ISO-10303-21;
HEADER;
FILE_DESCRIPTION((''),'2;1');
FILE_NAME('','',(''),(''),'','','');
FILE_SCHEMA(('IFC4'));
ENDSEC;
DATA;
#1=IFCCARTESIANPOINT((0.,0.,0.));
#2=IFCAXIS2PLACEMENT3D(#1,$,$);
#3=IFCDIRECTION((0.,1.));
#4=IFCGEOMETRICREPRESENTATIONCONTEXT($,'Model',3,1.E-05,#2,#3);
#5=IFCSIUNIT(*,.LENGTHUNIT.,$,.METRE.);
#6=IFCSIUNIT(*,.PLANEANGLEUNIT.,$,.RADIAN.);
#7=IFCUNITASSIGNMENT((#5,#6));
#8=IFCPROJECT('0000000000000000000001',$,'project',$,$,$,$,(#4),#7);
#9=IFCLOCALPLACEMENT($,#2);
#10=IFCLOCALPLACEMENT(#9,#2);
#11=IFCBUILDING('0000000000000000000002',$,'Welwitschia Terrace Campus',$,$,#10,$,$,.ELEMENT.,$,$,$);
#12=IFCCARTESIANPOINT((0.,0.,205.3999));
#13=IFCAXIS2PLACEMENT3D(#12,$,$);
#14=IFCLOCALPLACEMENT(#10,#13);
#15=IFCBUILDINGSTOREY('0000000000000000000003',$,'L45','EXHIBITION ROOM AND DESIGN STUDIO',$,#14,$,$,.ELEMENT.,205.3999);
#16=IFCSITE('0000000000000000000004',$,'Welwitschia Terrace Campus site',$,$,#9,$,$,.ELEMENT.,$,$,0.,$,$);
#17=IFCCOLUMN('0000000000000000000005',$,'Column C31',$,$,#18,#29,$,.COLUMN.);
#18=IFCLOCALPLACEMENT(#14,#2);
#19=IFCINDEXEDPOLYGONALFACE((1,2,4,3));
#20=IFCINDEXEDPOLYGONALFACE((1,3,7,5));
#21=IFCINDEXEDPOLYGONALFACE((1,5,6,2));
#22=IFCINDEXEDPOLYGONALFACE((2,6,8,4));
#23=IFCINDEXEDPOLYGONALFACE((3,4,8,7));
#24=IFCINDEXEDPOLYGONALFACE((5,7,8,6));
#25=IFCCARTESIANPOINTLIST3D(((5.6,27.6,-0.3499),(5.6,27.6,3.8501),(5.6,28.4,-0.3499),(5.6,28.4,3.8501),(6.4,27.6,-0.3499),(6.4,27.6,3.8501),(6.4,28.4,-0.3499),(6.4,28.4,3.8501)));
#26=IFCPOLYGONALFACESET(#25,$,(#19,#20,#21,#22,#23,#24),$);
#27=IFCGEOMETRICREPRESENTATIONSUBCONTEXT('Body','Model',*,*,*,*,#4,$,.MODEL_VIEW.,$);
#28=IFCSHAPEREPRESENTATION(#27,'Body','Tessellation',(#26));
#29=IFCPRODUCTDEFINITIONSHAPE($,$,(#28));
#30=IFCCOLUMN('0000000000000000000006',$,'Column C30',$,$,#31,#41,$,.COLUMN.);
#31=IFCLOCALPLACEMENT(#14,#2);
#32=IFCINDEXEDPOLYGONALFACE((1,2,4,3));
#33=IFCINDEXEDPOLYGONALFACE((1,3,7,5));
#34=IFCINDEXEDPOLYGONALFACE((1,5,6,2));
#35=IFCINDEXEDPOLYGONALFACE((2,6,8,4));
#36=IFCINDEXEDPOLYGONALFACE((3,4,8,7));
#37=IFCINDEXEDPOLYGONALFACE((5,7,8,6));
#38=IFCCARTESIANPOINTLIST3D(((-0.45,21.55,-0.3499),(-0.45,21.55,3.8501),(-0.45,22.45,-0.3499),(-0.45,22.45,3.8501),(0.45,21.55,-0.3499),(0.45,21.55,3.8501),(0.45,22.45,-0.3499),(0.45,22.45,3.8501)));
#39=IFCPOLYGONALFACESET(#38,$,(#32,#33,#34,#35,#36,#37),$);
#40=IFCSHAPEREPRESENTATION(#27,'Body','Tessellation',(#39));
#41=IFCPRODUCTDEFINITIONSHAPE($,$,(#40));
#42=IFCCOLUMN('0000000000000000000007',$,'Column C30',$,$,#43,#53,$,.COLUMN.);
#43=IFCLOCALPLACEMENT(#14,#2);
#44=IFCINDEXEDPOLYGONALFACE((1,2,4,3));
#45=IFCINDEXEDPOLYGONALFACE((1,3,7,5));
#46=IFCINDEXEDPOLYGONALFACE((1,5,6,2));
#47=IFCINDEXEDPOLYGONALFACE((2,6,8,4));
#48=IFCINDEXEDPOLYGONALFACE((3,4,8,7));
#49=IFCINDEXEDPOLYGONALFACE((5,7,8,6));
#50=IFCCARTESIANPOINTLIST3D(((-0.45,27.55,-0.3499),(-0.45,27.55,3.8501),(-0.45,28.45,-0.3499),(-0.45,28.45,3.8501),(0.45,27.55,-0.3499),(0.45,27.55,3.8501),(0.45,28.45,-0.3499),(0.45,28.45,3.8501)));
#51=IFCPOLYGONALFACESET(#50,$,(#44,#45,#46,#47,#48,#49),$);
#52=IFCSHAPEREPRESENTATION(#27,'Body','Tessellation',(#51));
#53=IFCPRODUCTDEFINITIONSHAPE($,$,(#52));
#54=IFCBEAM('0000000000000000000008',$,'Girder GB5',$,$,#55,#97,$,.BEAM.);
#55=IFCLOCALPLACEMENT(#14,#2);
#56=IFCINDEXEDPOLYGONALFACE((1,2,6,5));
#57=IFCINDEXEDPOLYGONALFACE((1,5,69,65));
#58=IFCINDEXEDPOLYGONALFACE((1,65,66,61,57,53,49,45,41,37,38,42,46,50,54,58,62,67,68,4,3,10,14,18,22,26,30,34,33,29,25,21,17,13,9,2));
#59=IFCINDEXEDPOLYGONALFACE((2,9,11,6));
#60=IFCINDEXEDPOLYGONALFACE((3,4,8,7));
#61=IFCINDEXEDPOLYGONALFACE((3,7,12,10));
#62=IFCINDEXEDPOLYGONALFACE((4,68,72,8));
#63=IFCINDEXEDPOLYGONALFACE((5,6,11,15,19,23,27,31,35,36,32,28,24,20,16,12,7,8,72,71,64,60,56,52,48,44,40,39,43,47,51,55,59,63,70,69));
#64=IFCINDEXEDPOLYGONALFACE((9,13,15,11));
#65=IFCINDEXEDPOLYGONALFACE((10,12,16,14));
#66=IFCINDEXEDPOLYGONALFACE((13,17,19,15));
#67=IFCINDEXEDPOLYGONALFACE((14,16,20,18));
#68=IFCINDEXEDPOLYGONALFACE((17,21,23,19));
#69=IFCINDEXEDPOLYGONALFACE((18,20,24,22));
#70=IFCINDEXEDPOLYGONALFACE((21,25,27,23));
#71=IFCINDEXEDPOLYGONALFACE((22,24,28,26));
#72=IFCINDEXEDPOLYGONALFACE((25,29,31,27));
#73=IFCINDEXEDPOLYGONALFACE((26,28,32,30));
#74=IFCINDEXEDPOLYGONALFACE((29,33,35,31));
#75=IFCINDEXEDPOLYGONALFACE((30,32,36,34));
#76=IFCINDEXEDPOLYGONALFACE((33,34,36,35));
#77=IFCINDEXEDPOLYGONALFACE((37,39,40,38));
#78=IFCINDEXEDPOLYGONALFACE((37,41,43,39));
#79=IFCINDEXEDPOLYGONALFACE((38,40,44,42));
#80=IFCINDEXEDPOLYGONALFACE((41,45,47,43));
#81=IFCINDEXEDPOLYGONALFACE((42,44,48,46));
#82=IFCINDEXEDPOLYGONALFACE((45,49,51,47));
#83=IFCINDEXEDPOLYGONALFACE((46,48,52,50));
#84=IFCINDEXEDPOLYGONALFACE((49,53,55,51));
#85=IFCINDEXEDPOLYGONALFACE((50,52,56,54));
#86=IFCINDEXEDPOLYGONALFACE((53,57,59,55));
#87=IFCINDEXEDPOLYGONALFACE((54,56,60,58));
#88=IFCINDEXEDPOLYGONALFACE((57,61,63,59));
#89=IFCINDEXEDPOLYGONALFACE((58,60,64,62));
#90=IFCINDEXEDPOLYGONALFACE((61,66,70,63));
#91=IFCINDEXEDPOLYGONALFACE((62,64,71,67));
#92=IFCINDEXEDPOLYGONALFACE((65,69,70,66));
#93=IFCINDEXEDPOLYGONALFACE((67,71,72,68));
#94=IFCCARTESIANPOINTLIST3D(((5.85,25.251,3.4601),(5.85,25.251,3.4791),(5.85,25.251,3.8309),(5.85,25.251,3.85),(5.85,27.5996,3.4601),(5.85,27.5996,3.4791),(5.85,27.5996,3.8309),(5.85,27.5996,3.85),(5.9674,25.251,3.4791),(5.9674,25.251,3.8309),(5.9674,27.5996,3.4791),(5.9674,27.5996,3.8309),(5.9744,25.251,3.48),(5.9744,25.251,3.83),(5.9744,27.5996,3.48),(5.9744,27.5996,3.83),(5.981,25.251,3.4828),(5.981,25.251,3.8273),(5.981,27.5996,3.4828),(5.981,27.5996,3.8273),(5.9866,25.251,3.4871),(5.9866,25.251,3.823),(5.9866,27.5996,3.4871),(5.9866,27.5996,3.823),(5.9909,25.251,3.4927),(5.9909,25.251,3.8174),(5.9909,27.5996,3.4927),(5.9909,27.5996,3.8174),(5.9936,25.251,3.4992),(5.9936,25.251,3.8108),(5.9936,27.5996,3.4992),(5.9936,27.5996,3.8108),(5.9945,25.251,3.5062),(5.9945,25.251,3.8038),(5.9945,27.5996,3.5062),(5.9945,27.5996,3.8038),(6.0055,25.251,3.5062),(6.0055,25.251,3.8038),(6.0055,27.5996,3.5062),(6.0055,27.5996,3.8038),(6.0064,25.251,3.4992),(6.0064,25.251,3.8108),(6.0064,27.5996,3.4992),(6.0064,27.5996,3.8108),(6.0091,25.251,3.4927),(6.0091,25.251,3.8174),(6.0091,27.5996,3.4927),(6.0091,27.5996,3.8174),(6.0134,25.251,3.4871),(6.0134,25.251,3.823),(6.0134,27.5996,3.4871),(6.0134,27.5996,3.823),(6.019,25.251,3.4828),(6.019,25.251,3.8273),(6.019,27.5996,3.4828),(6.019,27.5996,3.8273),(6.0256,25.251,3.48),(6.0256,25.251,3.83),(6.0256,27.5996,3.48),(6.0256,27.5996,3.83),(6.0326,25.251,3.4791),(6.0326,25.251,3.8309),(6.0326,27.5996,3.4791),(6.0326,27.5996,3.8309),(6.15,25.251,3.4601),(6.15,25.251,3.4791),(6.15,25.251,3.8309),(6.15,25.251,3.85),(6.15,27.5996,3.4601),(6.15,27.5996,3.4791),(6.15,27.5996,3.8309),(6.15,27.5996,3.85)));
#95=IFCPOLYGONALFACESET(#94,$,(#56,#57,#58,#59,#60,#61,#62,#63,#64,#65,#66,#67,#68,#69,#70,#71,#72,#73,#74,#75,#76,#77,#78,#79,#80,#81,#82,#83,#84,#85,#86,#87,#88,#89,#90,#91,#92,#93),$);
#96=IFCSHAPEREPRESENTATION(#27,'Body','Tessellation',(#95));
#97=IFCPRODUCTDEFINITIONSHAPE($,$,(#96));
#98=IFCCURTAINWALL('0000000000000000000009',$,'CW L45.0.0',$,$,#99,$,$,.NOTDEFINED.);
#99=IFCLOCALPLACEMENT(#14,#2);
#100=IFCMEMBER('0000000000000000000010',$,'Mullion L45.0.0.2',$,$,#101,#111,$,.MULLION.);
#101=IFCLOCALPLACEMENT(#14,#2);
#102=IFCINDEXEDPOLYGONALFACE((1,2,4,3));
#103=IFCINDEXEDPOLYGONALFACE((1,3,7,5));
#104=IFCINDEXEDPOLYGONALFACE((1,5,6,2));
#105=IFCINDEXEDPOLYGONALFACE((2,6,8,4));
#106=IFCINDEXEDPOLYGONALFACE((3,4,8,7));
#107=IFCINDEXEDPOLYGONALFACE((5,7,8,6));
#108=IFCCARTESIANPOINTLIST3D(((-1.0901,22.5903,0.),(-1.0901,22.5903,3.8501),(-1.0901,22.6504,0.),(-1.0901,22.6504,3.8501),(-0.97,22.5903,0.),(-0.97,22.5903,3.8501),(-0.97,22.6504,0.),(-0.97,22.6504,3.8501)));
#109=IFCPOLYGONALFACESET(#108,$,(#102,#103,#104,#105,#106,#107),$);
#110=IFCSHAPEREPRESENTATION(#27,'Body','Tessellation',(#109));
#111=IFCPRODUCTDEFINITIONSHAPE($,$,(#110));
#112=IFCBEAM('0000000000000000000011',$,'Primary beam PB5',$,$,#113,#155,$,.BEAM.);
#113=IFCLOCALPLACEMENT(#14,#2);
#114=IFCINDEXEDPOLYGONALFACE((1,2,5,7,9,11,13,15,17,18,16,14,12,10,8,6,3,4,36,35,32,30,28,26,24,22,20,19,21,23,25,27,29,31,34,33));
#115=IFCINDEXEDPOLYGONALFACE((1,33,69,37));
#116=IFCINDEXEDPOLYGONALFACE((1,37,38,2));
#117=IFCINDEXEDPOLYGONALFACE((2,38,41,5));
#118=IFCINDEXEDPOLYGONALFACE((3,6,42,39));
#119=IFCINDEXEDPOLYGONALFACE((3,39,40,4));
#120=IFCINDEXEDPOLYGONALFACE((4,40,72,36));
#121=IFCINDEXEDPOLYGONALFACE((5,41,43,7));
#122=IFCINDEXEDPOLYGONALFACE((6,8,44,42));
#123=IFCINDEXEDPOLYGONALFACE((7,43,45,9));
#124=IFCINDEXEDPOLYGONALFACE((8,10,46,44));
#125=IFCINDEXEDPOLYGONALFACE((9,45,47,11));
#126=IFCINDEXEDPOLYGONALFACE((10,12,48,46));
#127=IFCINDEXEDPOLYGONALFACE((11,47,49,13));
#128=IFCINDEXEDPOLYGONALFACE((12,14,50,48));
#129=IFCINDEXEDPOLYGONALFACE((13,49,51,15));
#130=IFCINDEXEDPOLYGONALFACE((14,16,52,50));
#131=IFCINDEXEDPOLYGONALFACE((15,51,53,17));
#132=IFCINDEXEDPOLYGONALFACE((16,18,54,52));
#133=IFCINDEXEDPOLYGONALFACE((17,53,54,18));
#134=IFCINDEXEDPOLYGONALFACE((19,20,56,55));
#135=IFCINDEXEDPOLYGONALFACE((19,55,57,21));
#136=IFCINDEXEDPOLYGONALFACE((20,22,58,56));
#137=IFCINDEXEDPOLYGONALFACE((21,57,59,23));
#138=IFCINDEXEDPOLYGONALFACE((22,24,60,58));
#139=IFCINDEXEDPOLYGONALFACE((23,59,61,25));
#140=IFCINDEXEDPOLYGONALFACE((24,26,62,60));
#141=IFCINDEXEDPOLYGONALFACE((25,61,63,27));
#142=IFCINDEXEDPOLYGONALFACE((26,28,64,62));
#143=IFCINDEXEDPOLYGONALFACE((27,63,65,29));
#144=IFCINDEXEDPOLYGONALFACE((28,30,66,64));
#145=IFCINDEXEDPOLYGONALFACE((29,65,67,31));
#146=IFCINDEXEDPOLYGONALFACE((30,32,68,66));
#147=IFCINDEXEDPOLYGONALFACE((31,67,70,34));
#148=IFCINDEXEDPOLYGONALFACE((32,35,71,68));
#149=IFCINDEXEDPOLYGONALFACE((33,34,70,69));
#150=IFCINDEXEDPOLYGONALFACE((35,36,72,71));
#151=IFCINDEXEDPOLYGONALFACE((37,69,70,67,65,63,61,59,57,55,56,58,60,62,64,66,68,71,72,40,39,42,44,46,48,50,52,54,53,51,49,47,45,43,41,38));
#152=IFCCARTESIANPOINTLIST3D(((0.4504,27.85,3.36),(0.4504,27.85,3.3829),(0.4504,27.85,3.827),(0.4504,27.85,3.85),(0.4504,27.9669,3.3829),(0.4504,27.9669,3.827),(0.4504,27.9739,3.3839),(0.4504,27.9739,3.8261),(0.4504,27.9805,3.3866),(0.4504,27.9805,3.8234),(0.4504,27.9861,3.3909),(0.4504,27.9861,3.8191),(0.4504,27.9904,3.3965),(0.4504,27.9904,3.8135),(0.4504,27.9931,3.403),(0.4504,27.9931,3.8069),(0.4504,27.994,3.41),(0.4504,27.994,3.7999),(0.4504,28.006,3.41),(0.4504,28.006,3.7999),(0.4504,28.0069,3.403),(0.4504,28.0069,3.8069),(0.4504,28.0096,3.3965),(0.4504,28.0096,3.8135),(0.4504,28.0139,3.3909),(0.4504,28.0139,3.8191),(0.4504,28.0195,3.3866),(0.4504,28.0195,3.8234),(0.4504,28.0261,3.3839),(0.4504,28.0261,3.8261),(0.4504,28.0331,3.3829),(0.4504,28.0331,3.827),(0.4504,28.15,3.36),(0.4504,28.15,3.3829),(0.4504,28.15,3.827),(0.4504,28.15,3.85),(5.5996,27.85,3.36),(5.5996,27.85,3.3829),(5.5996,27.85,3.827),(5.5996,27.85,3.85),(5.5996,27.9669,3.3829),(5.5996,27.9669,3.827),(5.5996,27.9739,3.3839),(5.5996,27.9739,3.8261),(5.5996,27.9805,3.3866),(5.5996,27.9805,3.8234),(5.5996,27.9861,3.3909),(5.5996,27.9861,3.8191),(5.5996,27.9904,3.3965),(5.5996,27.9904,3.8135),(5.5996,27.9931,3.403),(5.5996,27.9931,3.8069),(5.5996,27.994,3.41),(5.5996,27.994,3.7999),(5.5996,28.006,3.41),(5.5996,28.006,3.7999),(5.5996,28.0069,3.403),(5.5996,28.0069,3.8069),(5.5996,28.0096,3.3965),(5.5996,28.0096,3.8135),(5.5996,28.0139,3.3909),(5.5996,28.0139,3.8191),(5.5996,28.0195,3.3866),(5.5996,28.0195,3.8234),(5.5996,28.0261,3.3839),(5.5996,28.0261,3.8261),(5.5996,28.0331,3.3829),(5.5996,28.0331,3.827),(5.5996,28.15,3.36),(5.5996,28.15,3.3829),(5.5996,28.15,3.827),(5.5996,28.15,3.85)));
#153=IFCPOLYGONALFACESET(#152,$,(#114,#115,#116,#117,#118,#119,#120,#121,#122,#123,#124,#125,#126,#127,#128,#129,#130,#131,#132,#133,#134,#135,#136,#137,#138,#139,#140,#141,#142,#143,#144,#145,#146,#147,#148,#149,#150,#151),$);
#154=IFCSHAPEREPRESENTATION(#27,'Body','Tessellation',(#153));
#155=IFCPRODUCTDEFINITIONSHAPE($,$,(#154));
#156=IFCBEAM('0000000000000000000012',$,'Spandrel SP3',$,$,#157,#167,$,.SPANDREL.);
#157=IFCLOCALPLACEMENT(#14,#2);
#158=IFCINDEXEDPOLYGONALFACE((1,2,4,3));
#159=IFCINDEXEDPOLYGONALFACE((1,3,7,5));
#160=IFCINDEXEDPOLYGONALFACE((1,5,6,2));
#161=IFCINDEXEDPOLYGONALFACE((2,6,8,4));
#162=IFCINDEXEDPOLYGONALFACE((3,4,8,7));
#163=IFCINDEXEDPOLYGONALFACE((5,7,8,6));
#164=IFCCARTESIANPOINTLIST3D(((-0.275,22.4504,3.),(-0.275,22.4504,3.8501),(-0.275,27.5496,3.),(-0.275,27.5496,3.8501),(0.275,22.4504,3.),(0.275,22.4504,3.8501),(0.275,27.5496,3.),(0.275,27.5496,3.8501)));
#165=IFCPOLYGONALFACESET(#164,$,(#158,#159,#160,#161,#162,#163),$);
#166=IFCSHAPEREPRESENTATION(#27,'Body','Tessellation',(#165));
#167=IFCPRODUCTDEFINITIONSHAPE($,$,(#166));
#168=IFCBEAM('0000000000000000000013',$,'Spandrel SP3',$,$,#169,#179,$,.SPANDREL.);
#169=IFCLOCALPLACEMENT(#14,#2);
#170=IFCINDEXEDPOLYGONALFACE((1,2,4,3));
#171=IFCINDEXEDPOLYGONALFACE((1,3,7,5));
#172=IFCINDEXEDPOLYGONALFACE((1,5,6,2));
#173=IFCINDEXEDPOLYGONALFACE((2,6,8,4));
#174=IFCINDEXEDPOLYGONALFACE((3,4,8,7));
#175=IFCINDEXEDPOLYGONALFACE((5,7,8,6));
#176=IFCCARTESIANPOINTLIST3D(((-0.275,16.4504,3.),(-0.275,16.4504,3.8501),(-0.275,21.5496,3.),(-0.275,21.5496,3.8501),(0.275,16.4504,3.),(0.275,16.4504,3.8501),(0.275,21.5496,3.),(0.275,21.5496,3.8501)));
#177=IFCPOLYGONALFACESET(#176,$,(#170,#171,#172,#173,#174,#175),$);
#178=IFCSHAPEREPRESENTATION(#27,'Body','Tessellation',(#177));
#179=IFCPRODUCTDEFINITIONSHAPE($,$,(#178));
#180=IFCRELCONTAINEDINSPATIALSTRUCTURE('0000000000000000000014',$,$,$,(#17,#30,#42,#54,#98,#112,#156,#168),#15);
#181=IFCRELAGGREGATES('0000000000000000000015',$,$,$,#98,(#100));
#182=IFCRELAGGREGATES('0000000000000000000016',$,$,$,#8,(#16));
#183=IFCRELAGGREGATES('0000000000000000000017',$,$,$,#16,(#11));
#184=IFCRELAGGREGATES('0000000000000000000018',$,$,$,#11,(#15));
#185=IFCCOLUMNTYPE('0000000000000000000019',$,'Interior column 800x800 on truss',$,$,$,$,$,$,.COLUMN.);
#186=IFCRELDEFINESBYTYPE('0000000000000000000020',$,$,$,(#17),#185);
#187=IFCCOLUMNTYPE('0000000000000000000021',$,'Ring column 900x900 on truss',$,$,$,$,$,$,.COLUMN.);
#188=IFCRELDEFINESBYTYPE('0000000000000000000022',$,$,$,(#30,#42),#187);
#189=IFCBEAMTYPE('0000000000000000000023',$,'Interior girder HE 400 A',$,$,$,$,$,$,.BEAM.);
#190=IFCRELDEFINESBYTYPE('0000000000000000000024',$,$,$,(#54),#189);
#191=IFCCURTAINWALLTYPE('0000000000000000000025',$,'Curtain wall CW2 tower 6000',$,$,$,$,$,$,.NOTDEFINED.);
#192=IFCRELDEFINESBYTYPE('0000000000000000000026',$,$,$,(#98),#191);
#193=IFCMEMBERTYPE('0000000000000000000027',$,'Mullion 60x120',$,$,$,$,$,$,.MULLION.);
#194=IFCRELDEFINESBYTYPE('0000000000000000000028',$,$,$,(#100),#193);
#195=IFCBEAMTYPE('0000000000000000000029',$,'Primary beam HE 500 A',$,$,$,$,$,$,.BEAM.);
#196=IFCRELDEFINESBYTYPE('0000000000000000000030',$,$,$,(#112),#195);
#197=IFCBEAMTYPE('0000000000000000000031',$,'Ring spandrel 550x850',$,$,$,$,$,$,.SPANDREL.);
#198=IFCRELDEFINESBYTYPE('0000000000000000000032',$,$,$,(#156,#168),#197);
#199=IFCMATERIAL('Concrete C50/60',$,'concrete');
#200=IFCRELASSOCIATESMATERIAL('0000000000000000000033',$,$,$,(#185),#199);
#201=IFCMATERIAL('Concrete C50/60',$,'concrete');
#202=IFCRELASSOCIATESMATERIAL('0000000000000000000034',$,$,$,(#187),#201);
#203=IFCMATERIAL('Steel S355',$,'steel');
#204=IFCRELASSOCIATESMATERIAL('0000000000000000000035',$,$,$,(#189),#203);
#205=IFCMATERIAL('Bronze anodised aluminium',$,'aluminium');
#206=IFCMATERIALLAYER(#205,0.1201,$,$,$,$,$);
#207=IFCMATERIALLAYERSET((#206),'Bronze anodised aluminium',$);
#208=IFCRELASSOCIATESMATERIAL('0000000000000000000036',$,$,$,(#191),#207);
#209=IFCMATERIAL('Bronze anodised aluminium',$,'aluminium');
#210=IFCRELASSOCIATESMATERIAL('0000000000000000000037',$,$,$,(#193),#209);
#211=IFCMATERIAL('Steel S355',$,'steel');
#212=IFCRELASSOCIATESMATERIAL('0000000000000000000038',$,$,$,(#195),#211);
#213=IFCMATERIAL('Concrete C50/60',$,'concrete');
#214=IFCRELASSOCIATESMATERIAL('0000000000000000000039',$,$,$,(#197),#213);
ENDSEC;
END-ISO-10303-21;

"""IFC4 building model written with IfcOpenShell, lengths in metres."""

from ifc_helpers import new_model, si_unit, direction, frame, origin, origin_2d, place, context, subcontext, project, spatial, rectangle, i_section, extrude, material, layer, layer_set, material_profile, profile_set, type_object, element, aggregate, save


model = new_model("IFC4")

# Units and contexts
model_context = context("Model", 3, precision=1e-05, world=origin(), true_north=direction((0.0, 1.0)))
body_context = subcontext(model_context, "Body", "Model", "MODEL_VIEW")
ifc_project = project(units=[si_unit("LENGTHUNIT", "METRE"), si_unit("PLANEANGLEUNIT", "RADIAN")], contexts=[model_context])

# Site, building, storey
site_placement = place(None, origin())
site = spatial("IfcSite", under=ifc_project, at=site_placement, Name="Welwitschia Terrace Campus site", CompositionType="ELEMENT", RefElevation=0.0)
building_placement = place(site_placement, origin())
building = spatial("IfcBuilding", under=site, at=building_placement, Name="Welwitschia Terrace Campus", CompositionType="ELEMENT")
storey_placement = place(building_placement, frame((0.0, 0.0, 205.3999)))
storey = spatial("IfcBuildingStorey", under=building, at=storey_placement, Name="L45", Description="EXHIBITION ROOM AND DESIGN STUDIO", CompositionType="ELEMENT", Elevation=205.3999)

# Columns
ifc_material_1 = material(Name="Concrete C50/60", Category="concrete")
ifc_material_profile_1 = material_profile(ifc_material_1, rectangle(XDim=0.8, YDim=0.8, at=origin_2d()))
ifc_profile_set_1 = profile_set([ifc_material_profile_1], Name="Concrete C50/60")
column_type_1 = type_object("IfcColumnType", Name="Interior column 800x800 on truss", PredefinedType="COLUMN", material=ifc_profile_set_1)
column_placement = place(storey_placement, frame((6.0, 28.0, -0.3499), z_axis=(0.0, 0.0, 1.0), x_axis=(1.0, 0.0, 0.0)))
element("IfcColumn", 1, at=column_placement, inside=storey, type_object=column_type_1, Name="Column C31", PredefinedType="COLUMN", context=body_context, shape_type="SweptSolid", body=[
    extrude(rectangle(XDim=0.8, YDim=0.8, at=origin_2d()), origin(), (0.0, 0.0, 1.0), 4.2),
])
ifc_material_2 = material(Name="Concrete C50/60", Category="concrete")
ifc_material_profile_2 = material_profile(ifc_material_2, rectangle(XDim=0.8999, YDim=0.8999, at=origin_2d()))
ifc_profile_set_2 = profile_set([ifc_material_profile_2], Name="Concrete C50/60")
column_type_2 = type_object("IfcColumnType", Name="Ring column 900x900 on truss", PredefinedType="COLUMN", material=ifc_profile_set_2)
for number, where, z_axis, x_axis, name in (
    (2, (0.0, 22.0, -0.3499), (0.0, 0.0, 1.0), (1.0, 0.0, 0.0), "Column C30"),
    (3, (0.0, 28.0, -0.3499), (0.0, 0.0, 1.0), (1.0, 0.0, 0.0), "Column C30"),
):
    element("IfcColumn", number, at=place(storey_placement, frame(where, z_axis=z_axis, x_axis=x_axis)), inside=storey, type_object=column_type_2, Name=name, PredefinedType="COLUMN", context=body_context, shape_type="SweptSolid", body=[
        extrude(rectangle(XDim=0.8999, YDim=0.8999, at=origin_2d()), origin(), (0.0, 0.0, 1.0), 4.2),
    ])

# Beam
ifc_material_3 = material(Name="Steel S355", Category="steel")
ifc_material_profile_3 = material_profile(ifc_material_3, i_section(OverallWidth=0.3, OverallDepth=0.3899, WebThickness=0.011, FlangeThickness=0.019, FilletRadius=0.0271, at=origin_2d()))
ifc_profile_set_3 = profile_set([ifc_material_profile_3], Name="Steel S355")
beam_type_1 = type_object("IfcBeamType", Name="Interior girder HE 400 A", PredefinedType="BEAM", material=ifc_profile_set_3)
beam_1_placement = place(storey_placement, frame((6.0, 25.251, 3.655), z_axis=(0.0, 1.0, 0.0), x_axis=(-1.0, 0.0, 0.0)))
element("IfcBeam", 4, at=beam_1_placement, inside=storey, type_object=beam_type_1, Name="Girder GB5", PredefinedType="BEAM", context=body_context, shape_type="SweptSolid", body=[
    extrude(i_section(OverallWidth=0.3, OverallDepth=0.3899, WebThickness=0.011, FlangeThickness=0.019, FilletRadius=0.0271, at=origin_2d()), origin(), (0.0, 0.0, 1.0), 2.3486),
])

# Curtain wall, member
ifc_material_4 = material(Name="Bronze anodised aluminium", Category="aluminium")
ifc_layer_1 = layer(ifc_material_4, 0.1201)
ifc_layer_set_1 = layer_set([ifc_layer_1], Name="Bronze anodised aluminium")
curtain_wall_type = type_object("IfcCurtainWallType", Name="Curtain wall CW2 tower 6000", PredefinedType="NOTDEFINED", material=ifc_layer_set_1)
curtain_wall_placement = place(storey_placement, origin())
curtain_wall = element("IfcCurtainWall", 5, at=curtain_wall_placement, inside=storey, type_object=curtain_wall_type, Name="CW L45.0.0", PredefinedType="NOTDEFINED")
ifc_material_5 = material(Name="Bronze anodised aluminium", Category="aluminium")
ifc_material_profile_4 = material_profile(ifc_material_5, rectangle(XDim=0.1201, YDim=0.0601, at=origin_2d()))
ifc_profile_set_4 = profile_set([ifc_material_profile_4], Name="Bronze anodised aluminium")
member_type = type_object("IfcMemberType", Name="Mullion 60x120", PredefinedType="MULLION", material=ifc_profile_set_4)
member_placement = place(storey_placement, frame((-1.03, 22.6204, 0.0), z_axis=(0.0, 0.0, 1.0), x_axis=(1.0, 0.0, 0.0)))
member = element("IfcMember", 6, at=member_placement, type_object=member_type, Name="Mullion L45.0.0.2", PredefinedType="MULLION", context=body_context, shape_type="SweptSolid", body=[
    extrude(rectangle(XDim=0.1201, YDim=0.0601, at=origin_2d()), origin(), (0.0, 0.0, 1.0), 3.8501),
])

# Beams
ifc_material_6 = material(Name="Steel S355", Category="steel")
ifc_material_profile_5 = material_profile(ifc_material_6, i_section(OverallWidth=0.3, OverallDepth=0.49, WebThickness=0.012, FlangeThickness=0.0229, FilletRadius=0.0271, at=origin_2d()))
ifc_profile_set_5 = profile_set([ifc_material_profile_5], Name="Steel S355")
beam_type_2 = type_object("IfcBeamType", Name="Primary beam HE 500 A", PredefinedType="BEAM", material=ifc_profile_set_5)
beam_2_placement = place(storey_placement, frame((0.4504, 28.0, 3.605), z_axis=(1.0, 0.0, 0.0), x_axis=(0.0, 1.0, 0.0)))
element("IfcBeam", 7, at=beam_2_placement, inside=storey, type_object=beam_type_2, Name="Primary beam PB5", PredefinedType="BEAM", context=body_context, shape_type="SweptSolid", body=[
    extrude(i_section(OverallWidth=0.3, OverallDepth=0.49, WebThickness=0.012, FlangeThickness=0.0229, FilletRadius=0.0271, at=origin_2d()), origin(), (0.0, 0.0, 1.0), 5.1492),
])
ifc_material_7 = material(Name="Concrete C50/60", Category="concrete")
ifc_material_profile_6 = material_profile(ifc_material_7, rectangle(XDim=0.55, YDim=0.8501, at=origin_2d()))
ifc_profile_set_6 = profile_set([ifc_material_profile_6], Name="Concrete C50/60")
beam_type_3 = type_object("IfcBeamType", Name="Ring spandrel 550x850", PredefinedType="SPANDREL", material=ifc_profile_set_6)
for number, where, z_axis, x_axis, name in (
    (8, (0.0, 27.5496, 3.425), (0.0, -1.0, 0.0), (1.0, 0.0, 0.0), "Spandrel SP3"),
    (9, (0.0, 21.5496, 3.425), (0.0, -1.0, 0.0), (1.0, 0.0, 0.0), "Spandrel SP3"),
):
    element("IfcBeam", number, at=place(storey_placement, frame(where, z_axis=z_axis, x_axis=x_axis)), inside=storey, type_object=beam_type_3, Name=name, PredefinedType="SPANDREL", context=body_context, shape_type="SweptSolid", body=[
        extrude(rectangle(XDim=0.55, YDim=0.8501, at=origin_2d()), origin(), (0.0, 0.0, 1.0), 5.0991),
    ])

aggregate(curtain_wall, [member])

save(model, "model.ifc")
